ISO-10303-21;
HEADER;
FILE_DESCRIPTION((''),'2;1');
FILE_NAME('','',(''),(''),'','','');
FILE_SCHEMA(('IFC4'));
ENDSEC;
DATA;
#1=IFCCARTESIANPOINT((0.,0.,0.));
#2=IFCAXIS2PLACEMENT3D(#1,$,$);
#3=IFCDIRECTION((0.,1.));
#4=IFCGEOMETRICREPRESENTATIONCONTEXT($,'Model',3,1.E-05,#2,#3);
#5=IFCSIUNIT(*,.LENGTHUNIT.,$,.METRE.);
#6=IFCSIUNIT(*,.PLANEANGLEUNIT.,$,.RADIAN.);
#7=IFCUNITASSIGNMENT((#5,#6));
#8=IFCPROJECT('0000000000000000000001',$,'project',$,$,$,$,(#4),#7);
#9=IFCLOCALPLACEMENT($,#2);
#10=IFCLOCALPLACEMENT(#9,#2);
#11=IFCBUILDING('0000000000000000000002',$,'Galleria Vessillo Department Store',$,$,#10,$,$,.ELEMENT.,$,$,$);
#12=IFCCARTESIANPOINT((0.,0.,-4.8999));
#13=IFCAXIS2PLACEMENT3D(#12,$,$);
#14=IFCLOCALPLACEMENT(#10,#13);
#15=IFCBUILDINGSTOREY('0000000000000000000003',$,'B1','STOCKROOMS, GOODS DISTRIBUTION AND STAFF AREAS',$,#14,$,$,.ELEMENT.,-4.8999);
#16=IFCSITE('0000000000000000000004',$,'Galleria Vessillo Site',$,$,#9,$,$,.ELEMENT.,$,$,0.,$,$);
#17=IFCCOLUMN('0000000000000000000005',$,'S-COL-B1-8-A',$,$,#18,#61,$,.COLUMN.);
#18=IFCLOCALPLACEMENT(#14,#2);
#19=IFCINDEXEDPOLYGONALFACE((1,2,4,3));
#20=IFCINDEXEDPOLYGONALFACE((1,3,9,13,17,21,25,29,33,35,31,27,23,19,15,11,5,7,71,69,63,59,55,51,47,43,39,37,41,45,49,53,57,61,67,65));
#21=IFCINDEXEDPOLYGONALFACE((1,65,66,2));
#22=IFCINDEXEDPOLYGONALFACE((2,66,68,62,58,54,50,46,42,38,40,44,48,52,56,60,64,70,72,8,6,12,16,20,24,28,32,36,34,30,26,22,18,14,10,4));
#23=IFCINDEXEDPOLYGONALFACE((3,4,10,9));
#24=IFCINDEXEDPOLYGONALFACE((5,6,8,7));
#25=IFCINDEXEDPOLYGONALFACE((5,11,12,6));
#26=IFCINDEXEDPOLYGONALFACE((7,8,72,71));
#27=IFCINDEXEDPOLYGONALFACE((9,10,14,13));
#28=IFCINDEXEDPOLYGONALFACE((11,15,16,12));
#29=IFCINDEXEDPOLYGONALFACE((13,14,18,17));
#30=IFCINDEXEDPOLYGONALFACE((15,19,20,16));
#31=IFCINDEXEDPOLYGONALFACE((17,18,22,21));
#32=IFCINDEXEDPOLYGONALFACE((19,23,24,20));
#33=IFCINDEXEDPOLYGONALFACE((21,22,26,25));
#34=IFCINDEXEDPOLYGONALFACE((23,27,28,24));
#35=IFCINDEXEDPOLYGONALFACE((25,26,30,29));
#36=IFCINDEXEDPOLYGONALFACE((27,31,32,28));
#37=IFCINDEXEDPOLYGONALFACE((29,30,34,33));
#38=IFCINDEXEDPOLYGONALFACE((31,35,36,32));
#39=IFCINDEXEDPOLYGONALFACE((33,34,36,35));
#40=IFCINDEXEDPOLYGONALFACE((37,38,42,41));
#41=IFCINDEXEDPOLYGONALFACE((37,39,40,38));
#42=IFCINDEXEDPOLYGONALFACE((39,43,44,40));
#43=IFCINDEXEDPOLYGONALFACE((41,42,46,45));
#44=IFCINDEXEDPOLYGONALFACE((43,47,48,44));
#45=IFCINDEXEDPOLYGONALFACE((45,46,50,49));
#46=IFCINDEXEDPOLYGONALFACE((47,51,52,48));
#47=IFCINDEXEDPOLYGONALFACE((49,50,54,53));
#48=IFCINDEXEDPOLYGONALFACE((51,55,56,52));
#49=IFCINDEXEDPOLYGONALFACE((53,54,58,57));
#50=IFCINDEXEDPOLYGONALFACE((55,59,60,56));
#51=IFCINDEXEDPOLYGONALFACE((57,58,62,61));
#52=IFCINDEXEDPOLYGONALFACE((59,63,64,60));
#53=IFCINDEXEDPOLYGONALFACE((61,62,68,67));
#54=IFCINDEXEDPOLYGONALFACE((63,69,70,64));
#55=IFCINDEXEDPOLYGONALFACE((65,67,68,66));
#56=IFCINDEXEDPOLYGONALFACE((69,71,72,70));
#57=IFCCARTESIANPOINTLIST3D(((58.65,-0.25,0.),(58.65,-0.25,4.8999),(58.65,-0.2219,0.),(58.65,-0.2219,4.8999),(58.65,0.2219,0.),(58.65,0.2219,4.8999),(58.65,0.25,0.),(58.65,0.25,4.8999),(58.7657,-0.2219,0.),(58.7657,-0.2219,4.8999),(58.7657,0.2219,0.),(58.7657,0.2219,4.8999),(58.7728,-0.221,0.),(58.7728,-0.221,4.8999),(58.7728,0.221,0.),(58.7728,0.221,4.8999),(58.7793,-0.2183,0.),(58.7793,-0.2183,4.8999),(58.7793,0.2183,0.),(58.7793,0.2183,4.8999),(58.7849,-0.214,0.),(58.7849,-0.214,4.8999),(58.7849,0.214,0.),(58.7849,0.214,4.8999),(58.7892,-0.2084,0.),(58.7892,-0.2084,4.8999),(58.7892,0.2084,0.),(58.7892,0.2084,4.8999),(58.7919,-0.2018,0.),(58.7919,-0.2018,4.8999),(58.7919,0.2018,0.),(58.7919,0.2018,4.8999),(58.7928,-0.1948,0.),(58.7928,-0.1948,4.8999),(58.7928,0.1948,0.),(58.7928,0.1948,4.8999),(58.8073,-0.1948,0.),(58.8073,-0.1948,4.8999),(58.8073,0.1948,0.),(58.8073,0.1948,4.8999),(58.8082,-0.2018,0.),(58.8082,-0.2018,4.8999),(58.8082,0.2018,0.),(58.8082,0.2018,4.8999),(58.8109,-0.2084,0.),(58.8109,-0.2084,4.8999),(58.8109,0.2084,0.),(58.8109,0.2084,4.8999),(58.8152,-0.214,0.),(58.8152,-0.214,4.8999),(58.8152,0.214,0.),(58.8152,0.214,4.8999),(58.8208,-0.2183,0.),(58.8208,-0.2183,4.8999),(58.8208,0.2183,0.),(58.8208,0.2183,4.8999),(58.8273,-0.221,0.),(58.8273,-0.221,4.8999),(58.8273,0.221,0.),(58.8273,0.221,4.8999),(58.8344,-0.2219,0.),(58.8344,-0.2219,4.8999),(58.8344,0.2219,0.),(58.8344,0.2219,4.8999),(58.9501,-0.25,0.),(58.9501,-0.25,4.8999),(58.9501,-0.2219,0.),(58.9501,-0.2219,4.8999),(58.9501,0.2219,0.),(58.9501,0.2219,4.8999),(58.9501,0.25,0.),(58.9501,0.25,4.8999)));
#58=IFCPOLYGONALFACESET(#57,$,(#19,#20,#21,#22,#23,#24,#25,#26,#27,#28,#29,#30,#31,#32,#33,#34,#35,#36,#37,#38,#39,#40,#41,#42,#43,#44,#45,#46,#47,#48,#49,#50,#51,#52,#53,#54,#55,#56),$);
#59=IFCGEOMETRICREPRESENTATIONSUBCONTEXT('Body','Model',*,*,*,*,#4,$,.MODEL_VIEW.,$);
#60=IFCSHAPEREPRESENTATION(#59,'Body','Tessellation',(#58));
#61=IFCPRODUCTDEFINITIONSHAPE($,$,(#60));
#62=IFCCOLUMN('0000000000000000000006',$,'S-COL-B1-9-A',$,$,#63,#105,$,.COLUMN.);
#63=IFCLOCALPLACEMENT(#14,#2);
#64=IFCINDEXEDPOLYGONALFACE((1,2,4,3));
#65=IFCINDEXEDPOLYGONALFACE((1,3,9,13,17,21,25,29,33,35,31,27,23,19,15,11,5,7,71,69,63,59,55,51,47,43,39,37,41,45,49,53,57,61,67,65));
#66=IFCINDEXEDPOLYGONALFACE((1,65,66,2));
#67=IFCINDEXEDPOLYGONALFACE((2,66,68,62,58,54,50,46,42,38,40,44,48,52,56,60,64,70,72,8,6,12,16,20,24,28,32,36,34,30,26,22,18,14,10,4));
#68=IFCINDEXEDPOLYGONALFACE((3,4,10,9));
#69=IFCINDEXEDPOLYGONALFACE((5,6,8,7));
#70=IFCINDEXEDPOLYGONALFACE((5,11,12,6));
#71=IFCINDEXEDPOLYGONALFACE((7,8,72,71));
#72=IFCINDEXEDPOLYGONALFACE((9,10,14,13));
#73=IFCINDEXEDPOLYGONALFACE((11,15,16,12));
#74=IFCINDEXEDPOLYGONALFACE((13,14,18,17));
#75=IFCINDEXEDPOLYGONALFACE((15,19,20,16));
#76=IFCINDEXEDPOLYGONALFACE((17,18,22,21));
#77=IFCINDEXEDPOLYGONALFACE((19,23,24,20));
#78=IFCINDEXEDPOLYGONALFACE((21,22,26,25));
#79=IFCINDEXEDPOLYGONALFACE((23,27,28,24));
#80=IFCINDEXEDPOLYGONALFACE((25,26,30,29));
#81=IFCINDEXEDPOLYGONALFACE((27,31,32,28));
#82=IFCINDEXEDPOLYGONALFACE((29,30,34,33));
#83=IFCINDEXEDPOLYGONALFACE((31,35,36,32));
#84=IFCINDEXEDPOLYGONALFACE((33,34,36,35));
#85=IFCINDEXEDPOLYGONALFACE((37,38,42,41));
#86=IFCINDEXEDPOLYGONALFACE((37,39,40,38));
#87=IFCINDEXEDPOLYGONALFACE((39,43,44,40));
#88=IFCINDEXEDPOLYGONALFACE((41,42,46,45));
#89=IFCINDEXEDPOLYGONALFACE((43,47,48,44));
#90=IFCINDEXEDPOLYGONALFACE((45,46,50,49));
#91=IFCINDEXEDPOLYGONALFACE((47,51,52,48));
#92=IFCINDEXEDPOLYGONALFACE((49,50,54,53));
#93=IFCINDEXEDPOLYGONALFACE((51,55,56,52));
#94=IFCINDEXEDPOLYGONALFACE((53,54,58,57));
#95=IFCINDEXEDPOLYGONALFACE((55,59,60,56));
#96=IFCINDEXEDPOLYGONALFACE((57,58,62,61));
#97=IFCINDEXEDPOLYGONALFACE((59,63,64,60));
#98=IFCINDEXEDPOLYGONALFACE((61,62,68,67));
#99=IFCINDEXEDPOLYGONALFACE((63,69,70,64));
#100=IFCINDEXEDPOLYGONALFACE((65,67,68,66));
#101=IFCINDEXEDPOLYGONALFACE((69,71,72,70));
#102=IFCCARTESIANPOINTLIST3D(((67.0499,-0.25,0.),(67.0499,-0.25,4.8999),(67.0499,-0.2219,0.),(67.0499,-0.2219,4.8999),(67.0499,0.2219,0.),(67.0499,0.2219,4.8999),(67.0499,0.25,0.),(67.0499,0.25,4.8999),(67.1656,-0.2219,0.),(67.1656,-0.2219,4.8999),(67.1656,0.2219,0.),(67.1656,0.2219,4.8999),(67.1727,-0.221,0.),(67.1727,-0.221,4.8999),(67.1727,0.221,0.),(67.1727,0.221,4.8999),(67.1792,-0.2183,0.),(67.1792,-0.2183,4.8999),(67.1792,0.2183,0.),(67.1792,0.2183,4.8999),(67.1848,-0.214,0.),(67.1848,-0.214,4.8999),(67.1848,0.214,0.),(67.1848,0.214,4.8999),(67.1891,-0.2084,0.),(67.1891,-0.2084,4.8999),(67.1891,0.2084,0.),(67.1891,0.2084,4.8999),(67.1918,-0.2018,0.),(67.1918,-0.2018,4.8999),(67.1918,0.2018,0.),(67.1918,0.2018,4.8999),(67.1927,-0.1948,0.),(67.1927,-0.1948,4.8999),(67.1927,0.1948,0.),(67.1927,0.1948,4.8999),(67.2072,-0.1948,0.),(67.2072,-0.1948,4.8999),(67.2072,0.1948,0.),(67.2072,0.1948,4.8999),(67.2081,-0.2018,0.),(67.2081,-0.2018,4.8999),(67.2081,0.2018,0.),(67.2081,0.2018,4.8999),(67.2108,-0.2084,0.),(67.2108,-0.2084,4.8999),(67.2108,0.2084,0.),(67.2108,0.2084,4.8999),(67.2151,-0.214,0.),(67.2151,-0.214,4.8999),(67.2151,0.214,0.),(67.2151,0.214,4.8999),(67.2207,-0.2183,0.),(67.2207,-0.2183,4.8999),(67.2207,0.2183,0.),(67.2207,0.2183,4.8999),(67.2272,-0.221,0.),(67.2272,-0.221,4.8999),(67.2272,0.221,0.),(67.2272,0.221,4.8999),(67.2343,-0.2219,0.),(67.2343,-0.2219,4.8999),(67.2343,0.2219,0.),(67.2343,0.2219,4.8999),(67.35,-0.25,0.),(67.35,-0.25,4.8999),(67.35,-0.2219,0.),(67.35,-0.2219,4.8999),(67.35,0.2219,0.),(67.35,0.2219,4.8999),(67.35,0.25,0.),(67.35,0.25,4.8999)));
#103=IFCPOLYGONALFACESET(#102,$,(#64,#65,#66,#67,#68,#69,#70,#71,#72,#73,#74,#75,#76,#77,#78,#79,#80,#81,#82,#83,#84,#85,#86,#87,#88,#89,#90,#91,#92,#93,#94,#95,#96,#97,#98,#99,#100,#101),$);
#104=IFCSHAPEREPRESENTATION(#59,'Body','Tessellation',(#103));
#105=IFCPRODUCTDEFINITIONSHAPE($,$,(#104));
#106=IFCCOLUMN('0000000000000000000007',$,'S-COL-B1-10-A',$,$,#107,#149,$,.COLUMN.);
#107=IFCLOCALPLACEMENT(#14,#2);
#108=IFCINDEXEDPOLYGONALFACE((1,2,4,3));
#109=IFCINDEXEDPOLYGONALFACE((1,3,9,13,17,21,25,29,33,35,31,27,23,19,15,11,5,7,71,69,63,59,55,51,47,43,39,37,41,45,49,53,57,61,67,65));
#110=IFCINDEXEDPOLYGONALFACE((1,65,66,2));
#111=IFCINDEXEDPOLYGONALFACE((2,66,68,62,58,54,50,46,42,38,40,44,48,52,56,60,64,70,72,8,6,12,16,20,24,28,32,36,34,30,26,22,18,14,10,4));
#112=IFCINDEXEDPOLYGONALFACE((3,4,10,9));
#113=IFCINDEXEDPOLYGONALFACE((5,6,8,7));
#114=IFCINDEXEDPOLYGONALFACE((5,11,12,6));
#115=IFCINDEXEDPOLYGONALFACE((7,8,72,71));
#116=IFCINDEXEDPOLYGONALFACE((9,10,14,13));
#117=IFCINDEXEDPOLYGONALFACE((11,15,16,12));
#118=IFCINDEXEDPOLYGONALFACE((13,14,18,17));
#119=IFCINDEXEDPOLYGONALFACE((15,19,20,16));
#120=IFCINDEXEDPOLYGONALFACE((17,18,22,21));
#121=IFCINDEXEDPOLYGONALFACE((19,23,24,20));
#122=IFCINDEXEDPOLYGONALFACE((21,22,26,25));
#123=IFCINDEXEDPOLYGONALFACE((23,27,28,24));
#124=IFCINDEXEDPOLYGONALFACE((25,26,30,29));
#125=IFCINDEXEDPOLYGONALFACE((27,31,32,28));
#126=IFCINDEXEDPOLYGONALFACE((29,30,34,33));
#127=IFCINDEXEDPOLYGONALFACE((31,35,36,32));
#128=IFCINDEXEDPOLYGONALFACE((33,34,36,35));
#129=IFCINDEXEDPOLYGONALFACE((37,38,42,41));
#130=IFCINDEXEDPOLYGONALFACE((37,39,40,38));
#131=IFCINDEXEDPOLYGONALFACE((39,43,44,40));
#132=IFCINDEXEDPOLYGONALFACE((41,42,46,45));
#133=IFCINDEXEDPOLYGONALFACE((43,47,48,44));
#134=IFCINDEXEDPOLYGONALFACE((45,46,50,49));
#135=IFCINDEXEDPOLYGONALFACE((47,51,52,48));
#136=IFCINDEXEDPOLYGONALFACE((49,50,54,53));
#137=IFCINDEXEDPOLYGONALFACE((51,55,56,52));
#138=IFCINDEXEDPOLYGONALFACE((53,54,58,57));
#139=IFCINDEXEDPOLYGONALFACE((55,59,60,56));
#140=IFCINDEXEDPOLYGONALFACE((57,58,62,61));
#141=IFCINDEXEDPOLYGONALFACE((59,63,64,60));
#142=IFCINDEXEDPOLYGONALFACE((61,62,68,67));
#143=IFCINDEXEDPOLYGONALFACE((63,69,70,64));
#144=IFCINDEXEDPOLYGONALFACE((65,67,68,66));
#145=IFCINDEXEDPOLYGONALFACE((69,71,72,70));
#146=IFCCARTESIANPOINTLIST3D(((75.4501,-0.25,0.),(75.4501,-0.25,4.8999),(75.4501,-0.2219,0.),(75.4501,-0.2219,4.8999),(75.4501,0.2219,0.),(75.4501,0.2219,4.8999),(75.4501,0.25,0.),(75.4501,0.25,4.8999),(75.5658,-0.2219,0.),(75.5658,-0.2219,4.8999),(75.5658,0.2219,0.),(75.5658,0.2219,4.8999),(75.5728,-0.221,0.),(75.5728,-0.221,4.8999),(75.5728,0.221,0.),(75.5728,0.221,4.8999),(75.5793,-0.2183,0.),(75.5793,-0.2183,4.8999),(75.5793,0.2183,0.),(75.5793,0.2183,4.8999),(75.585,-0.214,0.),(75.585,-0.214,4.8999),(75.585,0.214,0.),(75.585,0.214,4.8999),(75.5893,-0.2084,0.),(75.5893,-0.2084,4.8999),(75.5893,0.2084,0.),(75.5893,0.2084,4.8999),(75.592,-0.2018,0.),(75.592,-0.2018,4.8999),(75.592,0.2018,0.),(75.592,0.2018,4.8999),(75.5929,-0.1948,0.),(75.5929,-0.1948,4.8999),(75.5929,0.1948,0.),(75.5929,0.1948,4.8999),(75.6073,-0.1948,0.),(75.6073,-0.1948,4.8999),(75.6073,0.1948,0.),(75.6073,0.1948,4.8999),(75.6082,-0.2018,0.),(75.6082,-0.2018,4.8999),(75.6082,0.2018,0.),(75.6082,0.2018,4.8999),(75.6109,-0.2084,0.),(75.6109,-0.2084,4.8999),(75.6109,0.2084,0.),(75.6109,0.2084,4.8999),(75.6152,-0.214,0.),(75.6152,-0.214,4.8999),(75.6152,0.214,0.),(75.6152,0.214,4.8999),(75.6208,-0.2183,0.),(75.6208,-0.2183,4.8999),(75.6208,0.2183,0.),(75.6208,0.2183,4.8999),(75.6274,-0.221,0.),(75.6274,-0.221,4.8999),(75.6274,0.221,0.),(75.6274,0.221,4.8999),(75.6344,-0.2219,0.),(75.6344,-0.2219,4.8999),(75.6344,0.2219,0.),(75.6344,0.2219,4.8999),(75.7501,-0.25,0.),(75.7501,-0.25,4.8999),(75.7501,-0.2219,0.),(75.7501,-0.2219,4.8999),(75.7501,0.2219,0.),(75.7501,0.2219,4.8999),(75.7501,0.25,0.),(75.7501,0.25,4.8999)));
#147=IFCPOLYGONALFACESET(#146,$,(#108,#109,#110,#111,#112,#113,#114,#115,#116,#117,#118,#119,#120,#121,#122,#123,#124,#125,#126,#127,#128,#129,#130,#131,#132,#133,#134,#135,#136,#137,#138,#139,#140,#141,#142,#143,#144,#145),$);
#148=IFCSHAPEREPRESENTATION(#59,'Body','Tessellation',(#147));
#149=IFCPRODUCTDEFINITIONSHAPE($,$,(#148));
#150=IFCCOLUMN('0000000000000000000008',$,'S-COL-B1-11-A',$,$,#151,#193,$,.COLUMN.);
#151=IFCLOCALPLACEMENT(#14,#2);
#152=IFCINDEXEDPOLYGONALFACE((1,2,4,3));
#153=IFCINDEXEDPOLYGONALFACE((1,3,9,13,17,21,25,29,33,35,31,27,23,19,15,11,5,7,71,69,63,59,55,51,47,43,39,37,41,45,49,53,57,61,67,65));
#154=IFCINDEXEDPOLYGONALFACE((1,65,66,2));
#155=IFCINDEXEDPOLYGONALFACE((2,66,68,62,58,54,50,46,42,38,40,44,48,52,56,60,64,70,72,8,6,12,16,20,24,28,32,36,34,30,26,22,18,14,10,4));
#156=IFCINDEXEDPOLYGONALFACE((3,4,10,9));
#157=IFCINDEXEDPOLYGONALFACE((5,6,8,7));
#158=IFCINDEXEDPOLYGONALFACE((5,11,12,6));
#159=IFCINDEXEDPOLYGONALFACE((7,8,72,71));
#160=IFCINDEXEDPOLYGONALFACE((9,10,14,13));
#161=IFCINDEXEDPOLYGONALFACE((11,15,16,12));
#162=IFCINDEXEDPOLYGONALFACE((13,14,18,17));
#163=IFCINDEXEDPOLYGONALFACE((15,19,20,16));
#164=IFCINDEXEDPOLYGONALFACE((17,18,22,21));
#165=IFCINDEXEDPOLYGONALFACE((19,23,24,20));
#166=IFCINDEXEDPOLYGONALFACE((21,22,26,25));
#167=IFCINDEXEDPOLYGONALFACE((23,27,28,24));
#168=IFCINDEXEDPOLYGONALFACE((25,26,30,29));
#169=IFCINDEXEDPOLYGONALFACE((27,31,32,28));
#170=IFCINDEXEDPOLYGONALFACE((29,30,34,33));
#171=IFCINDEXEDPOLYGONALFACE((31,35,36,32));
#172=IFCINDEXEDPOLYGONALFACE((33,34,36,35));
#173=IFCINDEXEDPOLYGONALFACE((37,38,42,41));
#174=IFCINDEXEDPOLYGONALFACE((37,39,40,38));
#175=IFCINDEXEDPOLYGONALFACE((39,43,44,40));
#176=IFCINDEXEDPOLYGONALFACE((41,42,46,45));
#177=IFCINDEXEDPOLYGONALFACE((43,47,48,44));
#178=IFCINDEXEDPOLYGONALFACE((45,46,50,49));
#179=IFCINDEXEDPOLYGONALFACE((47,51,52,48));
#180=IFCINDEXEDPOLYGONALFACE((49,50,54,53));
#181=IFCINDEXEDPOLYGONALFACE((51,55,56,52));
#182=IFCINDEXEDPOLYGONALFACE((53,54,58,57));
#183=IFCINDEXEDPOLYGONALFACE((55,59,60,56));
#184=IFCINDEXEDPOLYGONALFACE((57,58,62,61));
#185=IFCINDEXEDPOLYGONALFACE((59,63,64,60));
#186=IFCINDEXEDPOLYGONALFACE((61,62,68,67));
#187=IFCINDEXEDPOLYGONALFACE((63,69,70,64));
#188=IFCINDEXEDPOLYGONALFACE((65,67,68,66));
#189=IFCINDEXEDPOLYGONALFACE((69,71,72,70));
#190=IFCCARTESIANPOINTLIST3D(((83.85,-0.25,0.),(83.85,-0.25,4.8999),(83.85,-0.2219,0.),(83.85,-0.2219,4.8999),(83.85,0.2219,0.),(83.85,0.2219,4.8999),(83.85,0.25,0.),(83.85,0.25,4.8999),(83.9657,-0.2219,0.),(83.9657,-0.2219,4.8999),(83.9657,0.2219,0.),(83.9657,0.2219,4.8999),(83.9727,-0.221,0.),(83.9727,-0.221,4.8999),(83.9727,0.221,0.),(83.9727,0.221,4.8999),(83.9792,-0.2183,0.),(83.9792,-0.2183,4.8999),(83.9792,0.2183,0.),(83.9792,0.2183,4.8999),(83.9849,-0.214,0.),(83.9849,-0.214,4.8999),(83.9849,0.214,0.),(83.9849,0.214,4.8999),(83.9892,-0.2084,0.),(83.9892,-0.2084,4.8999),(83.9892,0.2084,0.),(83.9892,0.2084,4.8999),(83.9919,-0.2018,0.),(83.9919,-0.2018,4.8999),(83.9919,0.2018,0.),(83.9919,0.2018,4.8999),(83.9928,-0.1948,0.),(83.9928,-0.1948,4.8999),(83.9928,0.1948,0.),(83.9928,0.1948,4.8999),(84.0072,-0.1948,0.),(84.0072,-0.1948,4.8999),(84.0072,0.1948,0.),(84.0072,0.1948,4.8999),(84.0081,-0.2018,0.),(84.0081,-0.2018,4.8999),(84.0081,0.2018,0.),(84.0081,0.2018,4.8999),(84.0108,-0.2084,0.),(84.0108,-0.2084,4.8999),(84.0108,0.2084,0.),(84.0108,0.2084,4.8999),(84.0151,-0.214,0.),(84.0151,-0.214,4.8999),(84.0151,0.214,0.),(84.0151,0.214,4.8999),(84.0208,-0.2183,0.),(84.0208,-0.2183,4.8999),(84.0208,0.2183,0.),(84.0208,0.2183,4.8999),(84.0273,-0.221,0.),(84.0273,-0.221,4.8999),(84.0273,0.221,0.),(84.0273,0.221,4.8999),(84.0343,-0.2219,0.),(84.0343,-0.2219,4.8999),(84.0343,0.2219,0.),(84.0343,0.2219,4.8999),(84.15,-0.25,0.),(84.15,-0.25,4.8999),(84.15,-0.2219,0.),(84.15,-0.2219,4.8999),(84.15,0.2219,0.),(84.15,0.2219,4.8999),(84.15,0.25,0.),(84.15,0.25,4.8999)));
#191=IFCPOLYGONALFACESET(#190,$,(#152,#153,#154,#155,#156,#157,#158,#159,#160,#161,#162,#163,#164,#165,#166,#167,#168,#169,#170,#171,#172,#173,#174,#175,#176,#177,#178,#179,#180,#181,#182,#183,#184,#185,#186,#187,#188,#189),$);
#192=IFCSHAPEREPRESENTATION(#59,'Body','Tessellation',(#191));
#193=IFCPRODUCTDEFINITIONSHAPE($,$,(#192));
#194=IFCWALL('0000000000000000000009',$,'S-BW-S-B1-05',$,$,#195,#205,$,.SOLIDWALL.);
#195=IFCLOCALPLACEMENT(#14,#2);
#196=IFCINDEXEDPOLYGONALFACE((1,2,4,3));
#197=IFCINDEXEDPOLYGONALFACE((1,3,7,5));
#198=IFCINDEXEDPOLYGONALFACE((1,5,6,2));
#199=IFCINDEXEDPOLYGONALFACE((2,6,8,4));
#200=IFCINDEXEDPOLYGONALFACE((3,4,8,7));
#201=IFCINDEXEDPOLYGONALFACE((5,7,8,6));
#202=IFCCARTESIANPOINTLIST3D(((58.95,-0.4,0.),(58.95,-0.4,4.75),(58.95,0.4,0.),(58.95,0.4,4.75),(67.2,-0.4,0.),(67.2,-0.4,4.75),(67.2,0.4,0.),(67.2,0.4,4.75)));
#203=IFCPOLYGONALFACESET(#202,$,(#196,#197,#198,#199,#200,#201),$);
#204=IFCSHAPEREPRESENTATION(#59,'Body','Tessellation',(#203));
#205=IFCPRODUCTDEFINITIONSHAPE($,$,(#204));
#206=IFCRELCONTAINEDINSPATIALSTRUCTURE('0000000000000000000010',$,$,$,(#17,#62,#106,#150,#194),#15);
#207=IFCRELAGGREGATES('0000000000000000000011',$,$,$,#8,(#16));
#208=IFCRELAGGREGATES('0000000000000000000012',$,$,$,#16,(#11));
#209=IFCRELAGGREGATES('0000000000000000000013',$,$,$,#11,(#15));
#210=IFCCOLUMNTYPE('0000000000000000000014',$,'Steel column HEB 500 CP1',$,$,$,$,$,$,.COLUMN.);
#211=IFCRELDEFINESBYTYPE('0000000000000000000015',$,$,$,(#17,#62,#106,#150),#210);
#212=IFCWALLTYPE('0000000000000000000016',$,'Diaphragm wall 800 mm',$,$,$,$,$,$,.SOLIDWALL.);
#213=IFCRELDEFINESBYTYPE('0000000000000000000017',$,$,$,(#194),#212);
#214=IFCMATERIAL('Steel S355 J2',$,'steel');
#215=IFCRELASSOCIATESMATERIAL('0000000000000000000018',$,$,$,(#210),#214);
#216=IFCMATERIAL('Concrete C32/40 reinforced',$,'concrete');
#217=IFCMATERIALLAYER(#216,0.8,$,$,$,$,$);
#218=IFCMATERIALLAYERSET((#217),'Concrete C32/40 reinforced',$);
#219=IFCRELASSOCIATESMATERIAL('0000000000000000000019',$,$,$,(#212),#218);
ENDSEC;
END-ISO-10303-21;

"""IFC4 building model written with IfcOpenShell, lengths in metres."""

from ifc_helpers import new_model, si_unit, direction, frame, frame_2d, origin, origin_2d, place, context, subcontext, project, spatial, rectangle, i_section, extrude, material, layer, layer_set, material_profile, profile_set, type_object, element, save


model = new_model("IFC4")

# Units and contexts
model_context = context("Model", 3, precision=1e-05, world=origin(), true_north=direction((0.0, 1.0)))
body_context = subcontext(model_context, "Body", "Model", "MODEL_VIEW")
ifc_project = project(units=[si_unit("LENGTHUNIT", "METRE"), si_unit("PLANEANGLEUNIT", "RADIAN")], contexts=[model_context])

# Site, building, storey
site_placement = place(None, origin())
site = spatial("IfcSite", under=ifc_project, at=site_placement, Name="Galleria Vessillo Site", CompositionType="ELEMENT", RefElevation=0.0)
building_placement = place(site_placement, origin())
building = spatial("IfcBuilding", under=site, at=building_placement, Name="Galleria Vessillo Department Store", CompositionType="ELEMENT")
storey_placement = place(building_placement, frame((0.0, 0.0, -4.8999)))
storey = spatial("IfcBuildingStorey", under=building, at=storey_placement, Name="B1", Description="STOCKROOMS, GOODS DISTRIBUTION AND STAFF AREAS", CompositionType="ELEMENT", Elevation=-4.8999)

# Columns
ifc_material_1 = material(Name="Steel S355 J2", Category="steel")
ifc_material_profile = material_profile(ifc_material_1, i_section(OverallWidth=0.3, OverallDepth=0.5, WebThickness=0.0144, FlangeThickness=0.0281, FilletRadius=0.0271, at=origin_2d()), Name="HEB 500")
ifc_profile_set = profile_set([ifc_material_profile], Name="Steel S355 J2")
column_type = type_object("IfcColumnType", Name="Steel column HEB 500 CP1", PredefinedType="COLUMN", material=ifc_profile_set)
for number, where, z_axis, x_axis, name in (
    (1, (58.8, 0.0, 0.0), (0.0, 0.0, 1.0), (1.0, 0.0, 0.0), "S-COL-B1-8-A"),
    (2, (67.2, 0.0, 0.0), (0.0, 0.0, 1.0), (1.0, 0.0, 0.0), "S-COL-B1-9-A"),
    (3, (75.6001, 0.0, 0.0), (0.0, 0.0, 1.0), (1.0, 0.0, 0.0), "S-COL-B1-10-A"),
    (4, (84.0, 0.0, 0.0), (0.0, 0.0, 1.0), (1.0, 0.0, 0.0), "S-COL-B1-11-A"),
):
    element("IfcColumn", number, at=place(storey_placement, frame(where, z_axis=z_axis, x_axis=x_axis)), inside=storey, type_object=column_type, Name=name, PredefinedType="COLUMN", context=body_context, shape_type="SweptSolid", body=[
        extrude(i_section(OverallWidth=0.3, OverallDepth=0.5, WebThickness=0.0144, FlangeThickness=0.0281, FilletRadius=0.0271, at=origin_2d()), origin(), (0.0, 0.0, 1.0), 4.8999),
    ])

# Wall
ifc_material_2 = material(Name="Concrete C32/40 reinforced", Category="concrete")
ifc_layer_1 = layer(ifc_material_2, 0.8)
ifc_layer_set_1 = layer_set([ifc_layer_1], Name="Concrete C32/40 reinforced")
wall_type_1 = type_object("IfcWallType", Name="Diaphragm wall 800 mm", PredefinedType="SOLIDWALL", material=ifc_layer_set_1)
wall_1_placement = place(storey_placement, frame((58.95, 0.0, 0.0), z_axis=(0.0, 0.0, 1.0), x_axis=(1.0, 0.0, 0.0)))
element("IfcWall", 5, at=wall_1_placement, inside=storey, type_object=wall_type_1, Name="S-BW-S-B1-05", PredefinedType="SOLIDWALL", context=body_context, shape_type="SweptSolid", body=[
    extrude(rectangle(XDim=8.25, YDim=0.8, at=frame_2d((4.125, 0.0))), origin(), (0.0, 0.0, 1.0), 4.75),
])

save(model, "model.ifc")
